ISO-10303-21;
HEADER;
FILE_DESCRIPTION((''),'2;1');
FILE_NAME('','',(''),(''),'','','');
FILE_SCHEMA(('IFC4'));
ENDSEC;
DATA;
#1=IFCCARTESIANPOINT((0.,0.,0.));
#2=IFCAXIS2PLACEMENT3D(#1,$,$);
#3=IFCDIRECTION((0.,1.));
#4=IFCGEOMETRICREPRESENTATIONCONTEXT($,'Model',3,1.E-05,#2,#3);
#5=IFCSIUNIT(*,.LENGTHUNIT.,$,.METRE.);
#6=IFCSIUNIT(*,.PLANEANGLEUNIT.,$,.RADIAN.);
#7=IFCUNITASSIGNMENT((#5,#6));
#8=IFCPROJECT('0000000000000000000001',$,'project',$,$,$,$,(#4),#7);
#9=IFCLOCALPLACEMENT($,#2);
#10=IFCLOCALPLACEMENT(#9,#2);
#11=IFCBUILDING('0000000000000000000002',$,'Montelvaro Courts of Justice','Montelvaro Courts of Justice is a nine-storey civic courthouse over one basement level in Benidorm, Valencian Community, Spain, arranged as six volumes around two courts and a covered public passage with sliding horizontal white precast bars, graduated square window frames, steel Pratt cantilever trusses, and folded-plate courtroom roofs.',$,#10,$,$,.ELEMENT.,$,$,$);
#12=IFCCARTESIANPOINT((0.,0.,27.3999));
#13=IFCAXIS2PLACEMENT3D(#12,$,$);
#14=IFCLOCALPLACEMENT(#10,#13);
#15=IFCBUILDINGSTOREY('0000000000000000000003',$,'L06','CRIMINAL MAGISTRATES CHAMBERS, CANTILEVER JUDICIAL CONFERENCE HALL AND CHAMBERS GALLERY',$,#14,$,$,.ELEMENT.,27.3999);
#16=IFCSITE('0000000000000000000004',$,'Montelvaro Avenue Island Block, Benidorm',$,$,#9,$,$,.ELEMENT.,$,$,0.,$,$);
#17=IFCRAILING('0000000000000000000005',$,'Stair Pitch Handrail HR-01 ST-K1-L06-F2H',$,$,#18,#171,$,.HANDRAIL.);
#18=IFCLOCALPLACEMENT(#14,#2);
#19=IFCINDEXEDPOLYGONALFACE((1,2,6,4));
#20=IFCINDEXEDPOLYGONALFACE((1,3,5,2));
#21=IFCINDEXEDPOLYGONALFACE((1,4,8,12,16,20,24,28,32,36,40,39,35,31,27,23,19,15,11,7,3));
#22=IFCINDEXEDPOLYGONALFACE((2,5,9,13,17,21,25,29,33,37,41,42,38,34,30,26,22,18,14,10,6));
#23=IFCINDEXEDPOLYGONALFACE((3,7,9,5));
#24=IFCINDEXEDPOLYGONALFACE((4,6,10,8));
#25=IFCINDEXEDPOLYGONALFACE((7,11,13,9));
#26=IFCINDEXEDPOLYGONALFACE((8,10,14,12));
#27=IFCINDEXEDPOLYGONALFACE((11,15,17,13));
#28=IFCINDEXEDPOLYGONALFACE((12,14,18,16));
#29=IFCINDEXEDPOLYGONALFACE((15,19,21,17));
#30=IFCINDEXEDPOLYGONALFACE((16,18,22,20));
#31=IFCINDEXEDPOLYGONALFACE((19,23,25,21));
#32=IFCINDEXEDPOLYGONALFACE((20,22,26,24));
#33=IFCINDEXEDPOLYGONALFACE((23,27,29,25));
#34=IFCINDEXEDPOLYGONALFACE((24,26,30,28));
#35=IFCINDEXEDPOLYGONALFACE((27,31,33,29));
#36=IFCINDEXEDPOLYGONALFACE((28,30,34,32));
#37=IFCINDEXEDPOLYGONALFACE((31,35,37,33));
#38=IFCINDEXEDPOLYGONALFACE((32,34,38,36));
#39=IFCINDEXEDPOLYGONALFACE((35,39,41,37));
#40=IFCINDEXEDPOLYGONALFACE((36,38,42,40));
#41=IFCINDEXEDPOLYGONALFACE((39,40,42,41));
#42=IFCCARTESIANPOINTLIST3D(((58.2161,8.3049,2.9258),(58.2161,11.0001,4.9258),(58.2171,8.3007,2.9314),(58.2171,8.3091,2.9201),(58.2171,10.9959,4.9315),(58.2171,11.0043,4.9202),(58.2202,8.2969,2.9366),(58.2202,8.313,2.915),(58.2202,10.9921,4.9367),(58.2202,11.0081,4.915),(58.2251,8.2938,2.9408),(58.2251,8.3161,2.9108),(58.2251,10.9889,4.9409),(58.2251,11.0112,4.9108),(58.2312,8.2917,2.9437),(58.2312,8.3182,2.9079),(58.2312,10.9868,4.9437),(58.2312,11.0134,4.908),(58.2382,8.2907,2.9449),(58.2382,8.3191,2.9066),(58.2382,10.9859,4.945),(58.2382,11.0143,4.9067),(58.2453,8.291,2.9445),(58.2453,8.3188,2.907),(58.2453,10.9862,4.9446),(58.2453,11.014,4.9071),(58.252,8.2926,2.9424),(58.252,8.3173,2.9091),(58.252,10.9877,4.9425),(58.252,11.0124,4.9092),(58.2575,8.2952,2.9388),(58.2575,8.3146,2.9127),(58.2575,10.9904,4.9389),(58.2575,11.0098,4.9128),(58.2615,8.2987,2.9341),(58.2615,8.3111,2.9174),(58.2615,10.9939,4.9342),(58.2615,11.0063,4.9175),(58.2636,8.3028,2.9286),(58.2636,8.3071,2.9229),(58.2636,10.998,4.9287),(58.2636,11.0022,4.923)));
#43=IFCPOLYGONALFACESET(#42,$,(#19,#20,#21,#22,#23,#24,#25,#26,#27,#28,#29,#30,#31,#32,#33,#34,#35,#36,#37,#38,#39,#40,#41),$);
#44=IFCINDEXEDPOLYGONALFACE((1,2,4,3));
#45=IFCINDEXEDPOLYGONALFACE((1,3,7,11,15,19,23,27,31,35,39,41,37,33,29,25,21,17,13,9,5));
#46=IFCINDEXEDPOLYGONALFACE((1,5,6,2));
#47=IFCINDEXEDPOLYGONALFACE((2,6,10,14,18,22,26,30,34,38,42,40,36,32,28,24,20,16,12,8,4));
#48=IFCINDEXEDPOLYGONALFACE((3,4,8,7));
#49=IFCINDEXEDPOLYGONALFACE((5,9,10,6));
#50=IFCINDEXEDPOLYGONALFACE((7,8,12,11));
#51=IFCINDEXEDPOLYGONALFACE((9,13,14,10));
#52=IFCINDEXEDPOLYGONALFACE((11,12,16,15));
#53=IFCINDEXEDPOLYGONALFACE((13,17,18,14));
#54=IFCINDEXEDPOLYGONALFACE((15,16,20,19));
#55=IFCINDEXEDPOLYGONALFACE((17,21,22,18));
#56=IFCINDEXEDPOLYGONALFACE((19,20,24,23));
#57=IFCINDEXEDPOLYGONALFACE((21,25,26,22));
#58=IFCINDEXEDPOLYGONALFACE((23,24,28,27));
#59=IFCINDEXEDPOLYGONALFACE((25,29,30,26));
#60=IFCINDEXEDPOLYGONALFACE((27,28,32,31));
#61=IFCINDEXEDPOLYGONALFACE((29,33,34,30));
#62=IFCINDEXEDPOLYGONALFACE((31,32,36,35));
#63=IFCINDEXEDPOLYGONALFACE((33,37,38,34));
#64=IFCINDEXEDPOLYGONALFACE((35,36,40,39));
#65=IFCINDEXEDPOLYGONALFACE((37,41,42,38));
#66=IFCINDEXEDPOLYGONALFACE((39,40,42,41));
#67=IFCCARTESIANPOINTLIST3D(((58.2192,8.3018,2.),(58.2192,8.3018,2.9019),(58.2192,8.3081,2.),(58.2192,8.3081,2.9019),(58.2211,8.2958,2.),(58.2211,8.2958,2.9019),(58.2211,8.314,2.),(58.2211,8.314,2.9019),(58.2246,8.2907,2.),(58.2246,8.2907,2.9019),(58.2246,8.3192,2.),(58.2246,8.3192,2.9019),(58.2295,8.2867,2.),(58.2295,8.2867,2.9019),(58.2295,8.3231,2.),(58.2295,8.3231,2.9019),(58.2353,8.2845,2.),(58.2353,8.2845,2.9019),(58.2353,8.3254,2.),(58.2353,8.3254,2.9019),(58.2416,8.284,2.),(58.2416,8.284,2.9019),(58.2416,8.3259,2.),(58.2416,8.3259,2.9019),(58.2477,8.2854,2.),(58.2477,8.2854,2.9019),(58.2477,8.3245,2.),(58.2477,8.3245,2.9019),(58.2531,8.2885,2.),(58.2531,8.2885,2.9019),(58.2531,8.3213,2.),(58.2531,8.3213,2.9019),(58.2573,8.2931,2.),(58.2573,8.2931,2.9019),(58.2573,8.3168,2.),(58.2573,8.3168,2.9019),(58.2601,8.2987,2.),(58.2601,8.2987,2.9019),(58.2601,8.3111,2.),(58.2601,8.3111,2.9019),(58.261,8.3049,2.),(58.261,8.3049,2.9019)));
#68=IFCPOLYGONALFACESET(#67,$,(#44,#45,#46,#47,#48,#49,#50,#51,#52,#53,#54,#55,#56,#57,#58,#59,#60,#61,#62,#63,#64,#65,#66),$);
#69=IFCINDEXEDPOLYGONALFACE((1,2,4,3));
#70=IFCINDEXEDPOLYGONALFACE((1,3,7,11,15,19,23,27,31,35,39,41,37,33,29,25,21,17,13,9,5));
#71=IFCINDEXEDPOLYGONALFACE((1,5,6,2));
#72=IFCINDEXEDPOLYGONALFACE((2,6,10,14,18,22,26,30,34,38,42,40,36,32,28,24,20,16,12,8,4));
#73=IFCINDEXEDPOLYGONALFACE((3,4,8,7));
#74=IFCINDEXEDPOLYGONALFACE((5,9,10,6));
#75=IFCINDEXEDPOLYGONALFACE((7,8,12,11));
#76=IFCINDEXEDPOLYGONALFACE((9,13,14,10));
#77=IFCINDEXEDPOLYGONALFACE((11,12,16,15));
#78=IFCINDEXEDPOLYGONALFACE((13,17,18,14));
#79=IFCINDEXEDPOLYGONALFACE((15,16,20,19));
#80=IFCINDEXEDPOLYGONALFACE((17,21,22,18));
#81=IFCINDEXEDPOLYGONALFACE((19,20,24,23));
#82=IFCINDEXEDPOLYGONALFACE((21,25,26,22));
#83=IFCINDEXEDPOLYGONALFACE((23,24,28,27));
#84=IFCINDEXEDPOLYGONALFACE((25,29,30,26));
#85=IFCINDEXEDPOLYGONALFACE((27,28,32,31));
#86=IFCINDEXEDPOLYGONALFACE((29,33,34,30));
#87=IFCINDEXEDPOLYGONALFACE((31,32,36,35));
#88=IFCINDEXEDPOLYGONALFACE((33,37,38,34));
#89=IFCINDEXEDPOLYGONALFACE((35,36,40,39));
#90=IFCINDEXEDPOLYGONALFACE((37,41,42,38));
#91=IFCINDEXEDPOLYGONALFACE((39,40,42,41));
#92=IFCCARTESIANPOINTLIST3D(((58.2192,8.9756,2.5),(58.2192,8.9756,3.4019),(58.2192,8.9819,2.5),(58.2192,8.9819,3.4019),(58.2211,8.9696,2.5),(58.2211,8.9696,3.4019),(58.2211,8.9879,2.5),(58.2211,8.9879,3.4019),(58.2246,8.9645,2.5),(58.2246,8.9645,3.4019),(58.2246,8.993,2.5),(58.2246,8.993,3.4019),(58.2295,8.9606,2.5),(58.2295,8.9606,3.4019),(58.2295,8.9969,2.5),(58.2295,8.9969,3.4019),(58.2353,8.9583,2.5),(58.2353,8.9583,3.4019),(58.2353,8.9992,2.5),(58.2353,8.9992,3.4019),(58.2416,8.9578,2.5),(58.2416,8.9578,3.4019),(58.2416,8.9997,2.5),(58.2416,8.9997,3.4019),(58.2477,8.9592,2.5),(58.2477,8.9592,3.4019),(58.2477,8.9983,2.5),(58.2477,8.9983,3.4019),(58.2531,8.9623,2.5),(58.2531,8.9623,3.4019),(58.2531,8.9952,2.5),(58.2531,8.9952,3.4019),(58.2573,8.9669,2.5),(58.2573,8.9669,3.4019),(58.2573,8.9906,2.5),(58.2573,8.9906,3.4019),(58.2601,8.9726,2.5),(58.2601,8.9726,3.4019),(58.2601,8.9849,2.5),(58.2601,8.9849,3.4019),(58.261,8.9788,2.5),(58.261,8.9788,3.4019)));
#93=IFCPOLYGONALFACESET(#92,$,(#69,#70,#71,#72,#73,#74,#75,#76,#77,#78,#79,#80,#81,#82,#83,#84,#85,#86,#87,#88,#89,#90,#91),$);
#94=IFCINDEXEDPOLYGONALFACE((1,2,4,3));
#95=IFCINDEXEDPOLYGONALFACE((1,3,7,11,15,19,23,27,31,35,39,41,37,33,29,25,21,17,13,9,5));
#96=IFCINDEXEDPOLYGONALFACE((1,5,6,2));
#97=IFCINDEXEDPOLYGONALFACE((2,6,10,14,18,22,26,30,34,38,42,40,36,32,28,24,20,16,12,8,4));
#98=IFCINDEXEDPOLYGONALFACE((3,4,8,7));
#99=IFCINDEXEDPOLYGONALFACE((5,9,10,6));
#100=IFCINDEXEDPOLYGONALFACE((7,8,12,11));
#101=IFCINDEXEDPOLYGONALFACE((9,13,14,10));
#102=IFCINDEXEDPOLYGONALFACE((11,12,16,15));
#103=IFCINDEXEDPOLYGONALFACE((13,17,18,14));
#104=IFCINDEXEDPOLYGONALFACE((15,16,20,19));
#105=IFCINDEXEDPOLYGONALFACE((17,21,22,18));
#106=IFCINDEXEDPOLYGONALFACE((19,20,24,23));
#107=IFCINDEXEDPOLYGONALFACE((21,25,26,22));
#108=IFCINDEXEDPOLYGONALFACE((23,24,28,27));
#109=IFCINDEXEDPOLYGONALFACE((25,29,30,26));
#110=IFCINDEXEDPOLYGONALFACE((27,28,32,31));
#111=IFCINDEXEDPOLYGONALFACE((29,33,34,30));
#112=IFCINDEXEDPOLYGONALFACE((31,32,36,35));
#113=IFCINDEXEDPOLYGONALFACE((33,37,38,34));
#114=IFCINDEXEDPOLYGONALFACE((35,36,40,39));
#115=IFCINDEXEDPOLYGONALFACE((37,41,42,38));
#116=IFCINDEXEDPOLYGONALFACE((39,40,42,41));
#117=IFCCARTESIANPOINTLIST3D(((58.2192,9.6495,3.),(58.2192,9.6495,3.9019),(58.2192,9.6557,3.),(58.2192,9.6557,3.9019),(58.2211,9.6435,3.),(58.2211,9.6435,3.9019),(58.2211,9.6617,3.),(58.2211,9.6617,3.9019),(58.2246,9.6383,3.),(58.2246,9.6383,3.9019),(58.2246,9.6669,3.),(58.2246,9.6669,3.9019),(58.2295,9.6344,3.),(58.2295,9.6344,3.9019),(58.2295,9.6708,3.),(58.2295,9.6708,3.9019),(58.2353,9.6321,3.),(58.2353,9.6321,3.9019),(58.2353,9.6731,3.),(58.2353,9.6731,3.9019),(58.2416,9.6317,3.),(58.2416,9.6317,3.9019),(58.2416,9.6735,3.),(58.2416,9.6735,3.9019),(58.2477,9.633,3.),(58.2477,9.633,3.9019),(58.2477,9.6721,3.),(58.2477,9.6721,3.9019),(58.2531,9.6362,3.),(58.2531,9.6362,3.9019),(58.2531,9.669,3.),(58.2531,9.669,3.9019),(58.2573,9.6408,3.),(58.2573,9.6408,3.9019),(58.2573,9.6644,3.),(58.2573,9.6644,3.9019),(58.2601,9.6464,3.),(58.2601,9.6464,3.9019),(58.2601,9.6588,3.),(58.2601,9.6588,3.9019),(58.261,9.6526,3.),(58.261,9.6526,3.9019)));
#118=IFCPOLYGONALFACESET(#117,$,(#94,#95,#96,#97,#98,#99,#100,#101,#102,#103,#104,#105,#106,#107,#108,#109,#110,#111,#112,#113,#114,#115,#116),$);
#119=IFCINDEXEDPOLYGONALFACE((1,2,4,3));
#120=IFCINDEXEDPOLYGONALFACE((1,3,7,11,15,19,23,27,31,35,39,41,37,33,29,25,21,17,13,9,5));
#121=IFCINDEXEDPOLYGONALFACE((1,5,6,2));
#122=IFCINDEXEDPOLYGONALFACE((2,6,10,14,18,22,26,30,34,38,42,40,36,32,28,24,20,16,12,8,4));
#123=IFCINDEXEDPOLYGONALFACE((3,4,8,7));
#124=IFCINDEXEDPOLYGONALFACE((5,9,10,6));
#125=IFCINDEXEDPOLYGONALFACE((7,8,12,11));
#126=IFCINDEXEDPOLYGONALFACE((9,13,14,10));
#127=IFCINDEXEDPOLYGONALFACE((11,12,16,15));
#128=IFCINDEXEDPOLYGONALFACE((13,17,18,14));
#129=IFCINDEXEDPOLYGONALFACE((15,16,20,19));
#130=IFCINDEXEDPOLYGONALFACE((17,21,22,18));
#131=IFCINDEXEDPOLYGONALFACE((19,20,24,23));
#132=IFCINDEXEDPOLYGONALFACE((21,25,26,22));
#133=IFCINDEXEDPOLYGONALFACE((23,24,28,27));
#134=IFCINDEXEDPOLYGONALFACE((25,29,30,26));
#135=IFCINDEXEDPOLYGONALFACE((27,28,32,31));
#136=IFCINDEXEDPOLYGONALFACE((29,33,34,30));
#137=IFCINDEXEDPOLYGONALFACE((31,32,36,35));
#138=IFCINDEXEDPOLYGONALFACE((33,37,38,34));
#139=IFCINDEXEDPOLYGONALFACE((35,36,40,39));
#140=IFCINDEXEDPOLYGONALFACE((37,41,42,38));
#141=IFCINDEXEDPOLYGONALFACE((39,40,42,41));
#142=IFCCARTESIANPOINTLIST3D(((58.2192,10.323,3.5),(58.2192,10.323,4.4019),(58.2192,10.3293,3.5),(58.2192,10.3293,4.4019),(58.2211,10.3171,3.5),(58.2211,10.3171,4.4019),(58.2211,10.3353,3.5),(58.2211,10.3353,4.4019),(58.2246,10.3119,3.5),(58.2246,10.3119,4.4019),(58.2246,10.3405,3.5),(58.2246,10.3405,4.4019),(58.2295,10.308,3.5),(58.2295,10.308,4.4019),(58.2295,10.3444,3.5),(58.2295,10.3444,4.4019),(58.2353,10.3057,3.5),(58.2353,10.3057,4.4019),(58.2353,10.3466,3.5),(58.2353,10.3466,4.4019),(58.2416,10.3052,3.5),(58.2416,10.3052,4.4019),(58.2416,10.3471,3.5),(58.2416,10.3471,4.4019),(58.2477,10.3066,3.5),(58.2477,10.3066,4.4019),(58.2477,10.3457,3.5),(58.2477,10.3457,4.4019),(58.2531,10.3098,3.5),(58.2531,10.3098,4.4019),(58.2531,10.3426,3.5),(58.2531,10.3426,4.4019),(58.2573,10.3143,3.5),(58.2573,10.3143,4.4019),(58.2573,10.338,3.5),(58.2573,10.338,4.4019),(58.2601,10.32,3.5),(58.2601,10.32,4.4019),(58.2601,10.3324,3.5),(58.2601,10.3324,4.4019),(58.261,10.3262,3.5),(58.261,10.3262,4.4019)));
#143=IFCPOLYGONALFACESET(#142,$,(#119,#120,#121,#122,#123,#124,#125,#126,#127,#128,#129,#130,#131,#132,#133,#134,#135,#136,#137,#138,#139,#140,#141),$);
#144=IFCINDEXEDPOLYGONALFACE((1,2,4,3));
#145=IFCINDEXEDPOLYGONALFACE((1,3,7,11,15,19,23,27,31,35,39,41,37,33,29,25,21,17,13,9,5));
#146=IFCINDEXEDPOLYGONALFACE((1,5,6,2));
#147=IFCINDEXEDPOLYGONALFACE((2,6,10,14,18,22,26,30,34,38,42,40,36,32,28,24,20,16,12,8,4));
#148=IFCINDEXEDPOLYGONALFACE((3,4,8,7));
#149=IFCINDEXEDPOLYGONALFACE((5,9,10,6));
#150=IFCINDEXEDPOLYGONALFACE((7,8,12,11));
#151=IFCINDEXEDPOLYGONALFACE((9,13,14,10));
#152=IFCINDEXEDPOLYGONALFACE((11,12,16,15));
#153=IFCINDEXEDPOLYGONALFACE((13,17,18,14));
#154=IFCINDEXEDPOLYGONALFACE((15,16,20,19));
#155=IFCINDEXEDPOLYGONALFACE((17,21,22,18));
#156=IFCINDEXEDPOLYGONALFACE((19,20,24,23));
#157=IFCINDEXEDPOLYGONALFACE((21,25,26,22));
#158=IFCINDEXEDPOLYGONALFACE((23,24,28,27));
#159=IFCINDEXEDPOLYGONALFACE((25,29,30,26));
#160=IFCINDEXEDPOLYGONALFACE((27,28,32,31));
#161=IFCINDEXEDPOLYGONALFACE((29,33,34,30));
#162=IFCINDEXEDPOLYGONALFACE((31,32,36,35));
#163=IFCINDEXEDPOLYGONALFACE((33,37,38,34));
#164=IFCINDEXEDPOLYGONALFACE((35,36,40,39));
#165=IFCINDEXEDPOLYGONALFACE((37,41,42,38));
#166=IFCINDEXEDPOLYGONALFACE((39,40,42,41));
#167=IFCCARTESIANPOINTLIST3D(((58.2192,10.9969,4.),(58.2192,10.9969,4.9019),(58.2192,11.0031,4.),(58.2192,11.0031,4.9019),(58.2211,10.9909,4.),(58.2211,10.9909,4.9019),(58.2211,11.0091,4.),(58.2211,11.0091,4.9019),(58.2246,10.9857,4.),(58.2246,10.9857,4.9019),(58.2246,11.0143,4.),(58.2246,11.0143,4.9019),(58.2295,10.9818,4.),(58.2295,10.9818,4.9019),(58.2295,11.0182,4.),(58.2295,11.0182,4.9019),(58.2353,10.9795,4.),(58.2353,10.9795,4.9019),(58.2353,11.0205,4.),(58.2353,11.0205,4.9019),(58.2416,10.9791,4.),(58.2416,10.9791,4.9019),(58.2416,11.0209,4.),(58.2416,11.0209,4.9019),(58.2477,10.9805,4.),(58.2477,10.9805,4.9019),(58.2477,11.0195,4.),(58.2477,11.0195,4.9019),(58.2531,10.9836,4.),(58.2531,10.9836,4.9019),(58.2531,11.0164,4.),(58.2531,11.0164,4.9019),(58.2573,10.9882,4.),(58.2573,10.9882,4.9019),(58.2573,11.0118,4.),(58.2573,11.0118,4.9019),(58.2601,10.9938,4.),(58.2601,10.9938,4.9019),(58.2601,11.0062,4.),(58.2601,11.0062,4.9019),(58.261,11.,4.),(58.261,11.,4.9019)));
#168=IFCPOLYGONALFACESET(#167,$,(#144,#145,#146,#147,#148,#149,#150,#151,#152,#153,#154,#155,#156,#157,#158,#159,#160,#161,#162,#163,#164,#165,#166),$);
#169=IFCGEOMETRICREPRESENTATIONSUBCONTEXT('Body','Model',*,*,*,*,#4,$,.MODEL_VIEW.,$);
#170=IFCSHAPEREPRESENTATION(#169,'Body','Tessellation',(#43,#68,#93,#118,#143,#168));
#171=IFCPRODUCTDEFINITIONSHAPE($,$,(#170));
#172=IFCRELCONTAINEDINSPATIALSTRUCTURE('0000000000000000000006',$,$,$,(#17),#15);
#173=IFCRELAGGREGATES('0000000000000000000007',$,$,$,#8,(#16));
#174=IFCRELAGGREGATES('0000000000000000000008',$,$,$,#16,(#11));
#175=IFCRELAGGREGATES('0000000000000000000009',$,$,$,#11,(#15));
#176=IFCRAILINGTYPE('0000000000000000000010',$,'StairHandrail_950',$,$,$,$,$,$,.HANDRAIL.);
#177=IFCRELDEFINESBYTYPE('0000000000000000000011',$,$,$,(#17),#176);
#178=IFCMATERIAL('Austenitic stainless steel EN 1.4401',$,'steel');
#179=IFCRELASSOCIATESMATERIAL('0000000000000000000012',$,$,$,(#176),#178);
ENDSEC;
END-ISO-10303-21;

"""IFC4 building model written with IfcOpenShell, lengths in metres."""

from ifc_helpers import new_model, si_unit, direction, frame, origin, origin_2d, place, context, subcontext, project, spatial, circle, extrude, material, type_object, element, save


model = new_model("IFC4")

# Units and contexts
model_context = context("Model", 3, precision=1e-05, world=origin(), true_north=direction((0.0, 1.0)))
body_context = subcontext(model_context, "Body", "Model", "MODEL_VIEW")
ifc_project = project(units=[si_unit("LENGTHUNIT", "METRE"), si_unit("PLANEANGLEUNIT", "RADIAN")], contexts=[model_context])

# Site, building, storey
site_placement = place(None, origin())
site = spatial("IfcSite", under=ifc_project, at=site_placement, Name="Montelvaro Avenue Island Block, Benidorm", CompositionType="ELEMENT", RefElevation=0.0)
building_placement = place(site_placement, origin())
building = spatial("IfcBuilding", under=site, at=building_placement, Name="Montelvaro Courts of Justice", Description="Montelvaro Courts of Justice is a nine-storey civic courthouse over one basement level in Benidorm, Valencian Community, Spain, arranged as six volumes around two courts and a covered public passage with sliding horizontal white precast bars, graduated square window frames, steel Pratt cantilever trusses, and folded-plate courtroom roofs.", CompositionType="ELEMENT")
storey_placement = place(building_placement, frame((0.0, 0.0, 27.3999)))
storey = spatial("IfcBuildingStorey", under=building, at=storey_placement, Name="L06", Description="CRIMINAL MAGISTRATES CHAMBERS, CANTILEVER JUDICIAL CONFERENCE HALL AND CHAMBERS GALLERY", CompositionType="ELEMENT", Elevation=27.3999)

# Railing
ifc_material_1 = material(Name="Austenitic stainless steel EN 1.4401", Category="steel")
railing_type_1 = type_object("IfcRailingType", Name="StairHandrail_950", PredefinedType="HANDRAIL", material=ifc_material_1)
railing_1_placement = place(storey_placement, frame((58.24, 8.3049, 2.0)))
element("IfcRailing", 1, at=railing_1_placement, inside=storey, type_object=railing_type_1, Name="Stair Pitch Handrail HR-01 ST-K1-L06-F2H", PredefinedType="HANDRAIL", context=body_context, shape_type="SweptSolid", body=[
    extrude(circle(Radius=0.0239, at=origin_2d()), frame((0.0, 0.0, 0.9258), z_axis=(0.0, 0.803036, 0.59593), x_axis=(-1.0, 0.0, 0.0)), (0.0, 0.0, 1.0), 3.3562),
    extrude(circle(Radius=0.021, at=origin_2d()), origin(), (0.0, 0.0, 1.0), 0.9019),
    extrude(circle(Radius=0.021, at=origin_2d()), frame((0.0, 0.6738, 0.5)), (0.0, 0.0, 1.0), 0.9019),
    extrude(circle(Radius=0.021, at=origin_2d()), frame((0.0, 1.3477, 1.0)), (0.0, 0.0, 1.0), 0.9019),
    extrude(circle(Radius=0.021, at=origin_2d()), frame((0.0, 2.0212, 1.5)), (0.0, 0.0, 1.0), 0.9019),
    extrude(circle(Radius=0.021, at=origin_2d()), frame((0.0, 2.6951, 2.0)), (0.0, 0.0, 1.0), 0.9019),
])

save(model, "model.ifc")
